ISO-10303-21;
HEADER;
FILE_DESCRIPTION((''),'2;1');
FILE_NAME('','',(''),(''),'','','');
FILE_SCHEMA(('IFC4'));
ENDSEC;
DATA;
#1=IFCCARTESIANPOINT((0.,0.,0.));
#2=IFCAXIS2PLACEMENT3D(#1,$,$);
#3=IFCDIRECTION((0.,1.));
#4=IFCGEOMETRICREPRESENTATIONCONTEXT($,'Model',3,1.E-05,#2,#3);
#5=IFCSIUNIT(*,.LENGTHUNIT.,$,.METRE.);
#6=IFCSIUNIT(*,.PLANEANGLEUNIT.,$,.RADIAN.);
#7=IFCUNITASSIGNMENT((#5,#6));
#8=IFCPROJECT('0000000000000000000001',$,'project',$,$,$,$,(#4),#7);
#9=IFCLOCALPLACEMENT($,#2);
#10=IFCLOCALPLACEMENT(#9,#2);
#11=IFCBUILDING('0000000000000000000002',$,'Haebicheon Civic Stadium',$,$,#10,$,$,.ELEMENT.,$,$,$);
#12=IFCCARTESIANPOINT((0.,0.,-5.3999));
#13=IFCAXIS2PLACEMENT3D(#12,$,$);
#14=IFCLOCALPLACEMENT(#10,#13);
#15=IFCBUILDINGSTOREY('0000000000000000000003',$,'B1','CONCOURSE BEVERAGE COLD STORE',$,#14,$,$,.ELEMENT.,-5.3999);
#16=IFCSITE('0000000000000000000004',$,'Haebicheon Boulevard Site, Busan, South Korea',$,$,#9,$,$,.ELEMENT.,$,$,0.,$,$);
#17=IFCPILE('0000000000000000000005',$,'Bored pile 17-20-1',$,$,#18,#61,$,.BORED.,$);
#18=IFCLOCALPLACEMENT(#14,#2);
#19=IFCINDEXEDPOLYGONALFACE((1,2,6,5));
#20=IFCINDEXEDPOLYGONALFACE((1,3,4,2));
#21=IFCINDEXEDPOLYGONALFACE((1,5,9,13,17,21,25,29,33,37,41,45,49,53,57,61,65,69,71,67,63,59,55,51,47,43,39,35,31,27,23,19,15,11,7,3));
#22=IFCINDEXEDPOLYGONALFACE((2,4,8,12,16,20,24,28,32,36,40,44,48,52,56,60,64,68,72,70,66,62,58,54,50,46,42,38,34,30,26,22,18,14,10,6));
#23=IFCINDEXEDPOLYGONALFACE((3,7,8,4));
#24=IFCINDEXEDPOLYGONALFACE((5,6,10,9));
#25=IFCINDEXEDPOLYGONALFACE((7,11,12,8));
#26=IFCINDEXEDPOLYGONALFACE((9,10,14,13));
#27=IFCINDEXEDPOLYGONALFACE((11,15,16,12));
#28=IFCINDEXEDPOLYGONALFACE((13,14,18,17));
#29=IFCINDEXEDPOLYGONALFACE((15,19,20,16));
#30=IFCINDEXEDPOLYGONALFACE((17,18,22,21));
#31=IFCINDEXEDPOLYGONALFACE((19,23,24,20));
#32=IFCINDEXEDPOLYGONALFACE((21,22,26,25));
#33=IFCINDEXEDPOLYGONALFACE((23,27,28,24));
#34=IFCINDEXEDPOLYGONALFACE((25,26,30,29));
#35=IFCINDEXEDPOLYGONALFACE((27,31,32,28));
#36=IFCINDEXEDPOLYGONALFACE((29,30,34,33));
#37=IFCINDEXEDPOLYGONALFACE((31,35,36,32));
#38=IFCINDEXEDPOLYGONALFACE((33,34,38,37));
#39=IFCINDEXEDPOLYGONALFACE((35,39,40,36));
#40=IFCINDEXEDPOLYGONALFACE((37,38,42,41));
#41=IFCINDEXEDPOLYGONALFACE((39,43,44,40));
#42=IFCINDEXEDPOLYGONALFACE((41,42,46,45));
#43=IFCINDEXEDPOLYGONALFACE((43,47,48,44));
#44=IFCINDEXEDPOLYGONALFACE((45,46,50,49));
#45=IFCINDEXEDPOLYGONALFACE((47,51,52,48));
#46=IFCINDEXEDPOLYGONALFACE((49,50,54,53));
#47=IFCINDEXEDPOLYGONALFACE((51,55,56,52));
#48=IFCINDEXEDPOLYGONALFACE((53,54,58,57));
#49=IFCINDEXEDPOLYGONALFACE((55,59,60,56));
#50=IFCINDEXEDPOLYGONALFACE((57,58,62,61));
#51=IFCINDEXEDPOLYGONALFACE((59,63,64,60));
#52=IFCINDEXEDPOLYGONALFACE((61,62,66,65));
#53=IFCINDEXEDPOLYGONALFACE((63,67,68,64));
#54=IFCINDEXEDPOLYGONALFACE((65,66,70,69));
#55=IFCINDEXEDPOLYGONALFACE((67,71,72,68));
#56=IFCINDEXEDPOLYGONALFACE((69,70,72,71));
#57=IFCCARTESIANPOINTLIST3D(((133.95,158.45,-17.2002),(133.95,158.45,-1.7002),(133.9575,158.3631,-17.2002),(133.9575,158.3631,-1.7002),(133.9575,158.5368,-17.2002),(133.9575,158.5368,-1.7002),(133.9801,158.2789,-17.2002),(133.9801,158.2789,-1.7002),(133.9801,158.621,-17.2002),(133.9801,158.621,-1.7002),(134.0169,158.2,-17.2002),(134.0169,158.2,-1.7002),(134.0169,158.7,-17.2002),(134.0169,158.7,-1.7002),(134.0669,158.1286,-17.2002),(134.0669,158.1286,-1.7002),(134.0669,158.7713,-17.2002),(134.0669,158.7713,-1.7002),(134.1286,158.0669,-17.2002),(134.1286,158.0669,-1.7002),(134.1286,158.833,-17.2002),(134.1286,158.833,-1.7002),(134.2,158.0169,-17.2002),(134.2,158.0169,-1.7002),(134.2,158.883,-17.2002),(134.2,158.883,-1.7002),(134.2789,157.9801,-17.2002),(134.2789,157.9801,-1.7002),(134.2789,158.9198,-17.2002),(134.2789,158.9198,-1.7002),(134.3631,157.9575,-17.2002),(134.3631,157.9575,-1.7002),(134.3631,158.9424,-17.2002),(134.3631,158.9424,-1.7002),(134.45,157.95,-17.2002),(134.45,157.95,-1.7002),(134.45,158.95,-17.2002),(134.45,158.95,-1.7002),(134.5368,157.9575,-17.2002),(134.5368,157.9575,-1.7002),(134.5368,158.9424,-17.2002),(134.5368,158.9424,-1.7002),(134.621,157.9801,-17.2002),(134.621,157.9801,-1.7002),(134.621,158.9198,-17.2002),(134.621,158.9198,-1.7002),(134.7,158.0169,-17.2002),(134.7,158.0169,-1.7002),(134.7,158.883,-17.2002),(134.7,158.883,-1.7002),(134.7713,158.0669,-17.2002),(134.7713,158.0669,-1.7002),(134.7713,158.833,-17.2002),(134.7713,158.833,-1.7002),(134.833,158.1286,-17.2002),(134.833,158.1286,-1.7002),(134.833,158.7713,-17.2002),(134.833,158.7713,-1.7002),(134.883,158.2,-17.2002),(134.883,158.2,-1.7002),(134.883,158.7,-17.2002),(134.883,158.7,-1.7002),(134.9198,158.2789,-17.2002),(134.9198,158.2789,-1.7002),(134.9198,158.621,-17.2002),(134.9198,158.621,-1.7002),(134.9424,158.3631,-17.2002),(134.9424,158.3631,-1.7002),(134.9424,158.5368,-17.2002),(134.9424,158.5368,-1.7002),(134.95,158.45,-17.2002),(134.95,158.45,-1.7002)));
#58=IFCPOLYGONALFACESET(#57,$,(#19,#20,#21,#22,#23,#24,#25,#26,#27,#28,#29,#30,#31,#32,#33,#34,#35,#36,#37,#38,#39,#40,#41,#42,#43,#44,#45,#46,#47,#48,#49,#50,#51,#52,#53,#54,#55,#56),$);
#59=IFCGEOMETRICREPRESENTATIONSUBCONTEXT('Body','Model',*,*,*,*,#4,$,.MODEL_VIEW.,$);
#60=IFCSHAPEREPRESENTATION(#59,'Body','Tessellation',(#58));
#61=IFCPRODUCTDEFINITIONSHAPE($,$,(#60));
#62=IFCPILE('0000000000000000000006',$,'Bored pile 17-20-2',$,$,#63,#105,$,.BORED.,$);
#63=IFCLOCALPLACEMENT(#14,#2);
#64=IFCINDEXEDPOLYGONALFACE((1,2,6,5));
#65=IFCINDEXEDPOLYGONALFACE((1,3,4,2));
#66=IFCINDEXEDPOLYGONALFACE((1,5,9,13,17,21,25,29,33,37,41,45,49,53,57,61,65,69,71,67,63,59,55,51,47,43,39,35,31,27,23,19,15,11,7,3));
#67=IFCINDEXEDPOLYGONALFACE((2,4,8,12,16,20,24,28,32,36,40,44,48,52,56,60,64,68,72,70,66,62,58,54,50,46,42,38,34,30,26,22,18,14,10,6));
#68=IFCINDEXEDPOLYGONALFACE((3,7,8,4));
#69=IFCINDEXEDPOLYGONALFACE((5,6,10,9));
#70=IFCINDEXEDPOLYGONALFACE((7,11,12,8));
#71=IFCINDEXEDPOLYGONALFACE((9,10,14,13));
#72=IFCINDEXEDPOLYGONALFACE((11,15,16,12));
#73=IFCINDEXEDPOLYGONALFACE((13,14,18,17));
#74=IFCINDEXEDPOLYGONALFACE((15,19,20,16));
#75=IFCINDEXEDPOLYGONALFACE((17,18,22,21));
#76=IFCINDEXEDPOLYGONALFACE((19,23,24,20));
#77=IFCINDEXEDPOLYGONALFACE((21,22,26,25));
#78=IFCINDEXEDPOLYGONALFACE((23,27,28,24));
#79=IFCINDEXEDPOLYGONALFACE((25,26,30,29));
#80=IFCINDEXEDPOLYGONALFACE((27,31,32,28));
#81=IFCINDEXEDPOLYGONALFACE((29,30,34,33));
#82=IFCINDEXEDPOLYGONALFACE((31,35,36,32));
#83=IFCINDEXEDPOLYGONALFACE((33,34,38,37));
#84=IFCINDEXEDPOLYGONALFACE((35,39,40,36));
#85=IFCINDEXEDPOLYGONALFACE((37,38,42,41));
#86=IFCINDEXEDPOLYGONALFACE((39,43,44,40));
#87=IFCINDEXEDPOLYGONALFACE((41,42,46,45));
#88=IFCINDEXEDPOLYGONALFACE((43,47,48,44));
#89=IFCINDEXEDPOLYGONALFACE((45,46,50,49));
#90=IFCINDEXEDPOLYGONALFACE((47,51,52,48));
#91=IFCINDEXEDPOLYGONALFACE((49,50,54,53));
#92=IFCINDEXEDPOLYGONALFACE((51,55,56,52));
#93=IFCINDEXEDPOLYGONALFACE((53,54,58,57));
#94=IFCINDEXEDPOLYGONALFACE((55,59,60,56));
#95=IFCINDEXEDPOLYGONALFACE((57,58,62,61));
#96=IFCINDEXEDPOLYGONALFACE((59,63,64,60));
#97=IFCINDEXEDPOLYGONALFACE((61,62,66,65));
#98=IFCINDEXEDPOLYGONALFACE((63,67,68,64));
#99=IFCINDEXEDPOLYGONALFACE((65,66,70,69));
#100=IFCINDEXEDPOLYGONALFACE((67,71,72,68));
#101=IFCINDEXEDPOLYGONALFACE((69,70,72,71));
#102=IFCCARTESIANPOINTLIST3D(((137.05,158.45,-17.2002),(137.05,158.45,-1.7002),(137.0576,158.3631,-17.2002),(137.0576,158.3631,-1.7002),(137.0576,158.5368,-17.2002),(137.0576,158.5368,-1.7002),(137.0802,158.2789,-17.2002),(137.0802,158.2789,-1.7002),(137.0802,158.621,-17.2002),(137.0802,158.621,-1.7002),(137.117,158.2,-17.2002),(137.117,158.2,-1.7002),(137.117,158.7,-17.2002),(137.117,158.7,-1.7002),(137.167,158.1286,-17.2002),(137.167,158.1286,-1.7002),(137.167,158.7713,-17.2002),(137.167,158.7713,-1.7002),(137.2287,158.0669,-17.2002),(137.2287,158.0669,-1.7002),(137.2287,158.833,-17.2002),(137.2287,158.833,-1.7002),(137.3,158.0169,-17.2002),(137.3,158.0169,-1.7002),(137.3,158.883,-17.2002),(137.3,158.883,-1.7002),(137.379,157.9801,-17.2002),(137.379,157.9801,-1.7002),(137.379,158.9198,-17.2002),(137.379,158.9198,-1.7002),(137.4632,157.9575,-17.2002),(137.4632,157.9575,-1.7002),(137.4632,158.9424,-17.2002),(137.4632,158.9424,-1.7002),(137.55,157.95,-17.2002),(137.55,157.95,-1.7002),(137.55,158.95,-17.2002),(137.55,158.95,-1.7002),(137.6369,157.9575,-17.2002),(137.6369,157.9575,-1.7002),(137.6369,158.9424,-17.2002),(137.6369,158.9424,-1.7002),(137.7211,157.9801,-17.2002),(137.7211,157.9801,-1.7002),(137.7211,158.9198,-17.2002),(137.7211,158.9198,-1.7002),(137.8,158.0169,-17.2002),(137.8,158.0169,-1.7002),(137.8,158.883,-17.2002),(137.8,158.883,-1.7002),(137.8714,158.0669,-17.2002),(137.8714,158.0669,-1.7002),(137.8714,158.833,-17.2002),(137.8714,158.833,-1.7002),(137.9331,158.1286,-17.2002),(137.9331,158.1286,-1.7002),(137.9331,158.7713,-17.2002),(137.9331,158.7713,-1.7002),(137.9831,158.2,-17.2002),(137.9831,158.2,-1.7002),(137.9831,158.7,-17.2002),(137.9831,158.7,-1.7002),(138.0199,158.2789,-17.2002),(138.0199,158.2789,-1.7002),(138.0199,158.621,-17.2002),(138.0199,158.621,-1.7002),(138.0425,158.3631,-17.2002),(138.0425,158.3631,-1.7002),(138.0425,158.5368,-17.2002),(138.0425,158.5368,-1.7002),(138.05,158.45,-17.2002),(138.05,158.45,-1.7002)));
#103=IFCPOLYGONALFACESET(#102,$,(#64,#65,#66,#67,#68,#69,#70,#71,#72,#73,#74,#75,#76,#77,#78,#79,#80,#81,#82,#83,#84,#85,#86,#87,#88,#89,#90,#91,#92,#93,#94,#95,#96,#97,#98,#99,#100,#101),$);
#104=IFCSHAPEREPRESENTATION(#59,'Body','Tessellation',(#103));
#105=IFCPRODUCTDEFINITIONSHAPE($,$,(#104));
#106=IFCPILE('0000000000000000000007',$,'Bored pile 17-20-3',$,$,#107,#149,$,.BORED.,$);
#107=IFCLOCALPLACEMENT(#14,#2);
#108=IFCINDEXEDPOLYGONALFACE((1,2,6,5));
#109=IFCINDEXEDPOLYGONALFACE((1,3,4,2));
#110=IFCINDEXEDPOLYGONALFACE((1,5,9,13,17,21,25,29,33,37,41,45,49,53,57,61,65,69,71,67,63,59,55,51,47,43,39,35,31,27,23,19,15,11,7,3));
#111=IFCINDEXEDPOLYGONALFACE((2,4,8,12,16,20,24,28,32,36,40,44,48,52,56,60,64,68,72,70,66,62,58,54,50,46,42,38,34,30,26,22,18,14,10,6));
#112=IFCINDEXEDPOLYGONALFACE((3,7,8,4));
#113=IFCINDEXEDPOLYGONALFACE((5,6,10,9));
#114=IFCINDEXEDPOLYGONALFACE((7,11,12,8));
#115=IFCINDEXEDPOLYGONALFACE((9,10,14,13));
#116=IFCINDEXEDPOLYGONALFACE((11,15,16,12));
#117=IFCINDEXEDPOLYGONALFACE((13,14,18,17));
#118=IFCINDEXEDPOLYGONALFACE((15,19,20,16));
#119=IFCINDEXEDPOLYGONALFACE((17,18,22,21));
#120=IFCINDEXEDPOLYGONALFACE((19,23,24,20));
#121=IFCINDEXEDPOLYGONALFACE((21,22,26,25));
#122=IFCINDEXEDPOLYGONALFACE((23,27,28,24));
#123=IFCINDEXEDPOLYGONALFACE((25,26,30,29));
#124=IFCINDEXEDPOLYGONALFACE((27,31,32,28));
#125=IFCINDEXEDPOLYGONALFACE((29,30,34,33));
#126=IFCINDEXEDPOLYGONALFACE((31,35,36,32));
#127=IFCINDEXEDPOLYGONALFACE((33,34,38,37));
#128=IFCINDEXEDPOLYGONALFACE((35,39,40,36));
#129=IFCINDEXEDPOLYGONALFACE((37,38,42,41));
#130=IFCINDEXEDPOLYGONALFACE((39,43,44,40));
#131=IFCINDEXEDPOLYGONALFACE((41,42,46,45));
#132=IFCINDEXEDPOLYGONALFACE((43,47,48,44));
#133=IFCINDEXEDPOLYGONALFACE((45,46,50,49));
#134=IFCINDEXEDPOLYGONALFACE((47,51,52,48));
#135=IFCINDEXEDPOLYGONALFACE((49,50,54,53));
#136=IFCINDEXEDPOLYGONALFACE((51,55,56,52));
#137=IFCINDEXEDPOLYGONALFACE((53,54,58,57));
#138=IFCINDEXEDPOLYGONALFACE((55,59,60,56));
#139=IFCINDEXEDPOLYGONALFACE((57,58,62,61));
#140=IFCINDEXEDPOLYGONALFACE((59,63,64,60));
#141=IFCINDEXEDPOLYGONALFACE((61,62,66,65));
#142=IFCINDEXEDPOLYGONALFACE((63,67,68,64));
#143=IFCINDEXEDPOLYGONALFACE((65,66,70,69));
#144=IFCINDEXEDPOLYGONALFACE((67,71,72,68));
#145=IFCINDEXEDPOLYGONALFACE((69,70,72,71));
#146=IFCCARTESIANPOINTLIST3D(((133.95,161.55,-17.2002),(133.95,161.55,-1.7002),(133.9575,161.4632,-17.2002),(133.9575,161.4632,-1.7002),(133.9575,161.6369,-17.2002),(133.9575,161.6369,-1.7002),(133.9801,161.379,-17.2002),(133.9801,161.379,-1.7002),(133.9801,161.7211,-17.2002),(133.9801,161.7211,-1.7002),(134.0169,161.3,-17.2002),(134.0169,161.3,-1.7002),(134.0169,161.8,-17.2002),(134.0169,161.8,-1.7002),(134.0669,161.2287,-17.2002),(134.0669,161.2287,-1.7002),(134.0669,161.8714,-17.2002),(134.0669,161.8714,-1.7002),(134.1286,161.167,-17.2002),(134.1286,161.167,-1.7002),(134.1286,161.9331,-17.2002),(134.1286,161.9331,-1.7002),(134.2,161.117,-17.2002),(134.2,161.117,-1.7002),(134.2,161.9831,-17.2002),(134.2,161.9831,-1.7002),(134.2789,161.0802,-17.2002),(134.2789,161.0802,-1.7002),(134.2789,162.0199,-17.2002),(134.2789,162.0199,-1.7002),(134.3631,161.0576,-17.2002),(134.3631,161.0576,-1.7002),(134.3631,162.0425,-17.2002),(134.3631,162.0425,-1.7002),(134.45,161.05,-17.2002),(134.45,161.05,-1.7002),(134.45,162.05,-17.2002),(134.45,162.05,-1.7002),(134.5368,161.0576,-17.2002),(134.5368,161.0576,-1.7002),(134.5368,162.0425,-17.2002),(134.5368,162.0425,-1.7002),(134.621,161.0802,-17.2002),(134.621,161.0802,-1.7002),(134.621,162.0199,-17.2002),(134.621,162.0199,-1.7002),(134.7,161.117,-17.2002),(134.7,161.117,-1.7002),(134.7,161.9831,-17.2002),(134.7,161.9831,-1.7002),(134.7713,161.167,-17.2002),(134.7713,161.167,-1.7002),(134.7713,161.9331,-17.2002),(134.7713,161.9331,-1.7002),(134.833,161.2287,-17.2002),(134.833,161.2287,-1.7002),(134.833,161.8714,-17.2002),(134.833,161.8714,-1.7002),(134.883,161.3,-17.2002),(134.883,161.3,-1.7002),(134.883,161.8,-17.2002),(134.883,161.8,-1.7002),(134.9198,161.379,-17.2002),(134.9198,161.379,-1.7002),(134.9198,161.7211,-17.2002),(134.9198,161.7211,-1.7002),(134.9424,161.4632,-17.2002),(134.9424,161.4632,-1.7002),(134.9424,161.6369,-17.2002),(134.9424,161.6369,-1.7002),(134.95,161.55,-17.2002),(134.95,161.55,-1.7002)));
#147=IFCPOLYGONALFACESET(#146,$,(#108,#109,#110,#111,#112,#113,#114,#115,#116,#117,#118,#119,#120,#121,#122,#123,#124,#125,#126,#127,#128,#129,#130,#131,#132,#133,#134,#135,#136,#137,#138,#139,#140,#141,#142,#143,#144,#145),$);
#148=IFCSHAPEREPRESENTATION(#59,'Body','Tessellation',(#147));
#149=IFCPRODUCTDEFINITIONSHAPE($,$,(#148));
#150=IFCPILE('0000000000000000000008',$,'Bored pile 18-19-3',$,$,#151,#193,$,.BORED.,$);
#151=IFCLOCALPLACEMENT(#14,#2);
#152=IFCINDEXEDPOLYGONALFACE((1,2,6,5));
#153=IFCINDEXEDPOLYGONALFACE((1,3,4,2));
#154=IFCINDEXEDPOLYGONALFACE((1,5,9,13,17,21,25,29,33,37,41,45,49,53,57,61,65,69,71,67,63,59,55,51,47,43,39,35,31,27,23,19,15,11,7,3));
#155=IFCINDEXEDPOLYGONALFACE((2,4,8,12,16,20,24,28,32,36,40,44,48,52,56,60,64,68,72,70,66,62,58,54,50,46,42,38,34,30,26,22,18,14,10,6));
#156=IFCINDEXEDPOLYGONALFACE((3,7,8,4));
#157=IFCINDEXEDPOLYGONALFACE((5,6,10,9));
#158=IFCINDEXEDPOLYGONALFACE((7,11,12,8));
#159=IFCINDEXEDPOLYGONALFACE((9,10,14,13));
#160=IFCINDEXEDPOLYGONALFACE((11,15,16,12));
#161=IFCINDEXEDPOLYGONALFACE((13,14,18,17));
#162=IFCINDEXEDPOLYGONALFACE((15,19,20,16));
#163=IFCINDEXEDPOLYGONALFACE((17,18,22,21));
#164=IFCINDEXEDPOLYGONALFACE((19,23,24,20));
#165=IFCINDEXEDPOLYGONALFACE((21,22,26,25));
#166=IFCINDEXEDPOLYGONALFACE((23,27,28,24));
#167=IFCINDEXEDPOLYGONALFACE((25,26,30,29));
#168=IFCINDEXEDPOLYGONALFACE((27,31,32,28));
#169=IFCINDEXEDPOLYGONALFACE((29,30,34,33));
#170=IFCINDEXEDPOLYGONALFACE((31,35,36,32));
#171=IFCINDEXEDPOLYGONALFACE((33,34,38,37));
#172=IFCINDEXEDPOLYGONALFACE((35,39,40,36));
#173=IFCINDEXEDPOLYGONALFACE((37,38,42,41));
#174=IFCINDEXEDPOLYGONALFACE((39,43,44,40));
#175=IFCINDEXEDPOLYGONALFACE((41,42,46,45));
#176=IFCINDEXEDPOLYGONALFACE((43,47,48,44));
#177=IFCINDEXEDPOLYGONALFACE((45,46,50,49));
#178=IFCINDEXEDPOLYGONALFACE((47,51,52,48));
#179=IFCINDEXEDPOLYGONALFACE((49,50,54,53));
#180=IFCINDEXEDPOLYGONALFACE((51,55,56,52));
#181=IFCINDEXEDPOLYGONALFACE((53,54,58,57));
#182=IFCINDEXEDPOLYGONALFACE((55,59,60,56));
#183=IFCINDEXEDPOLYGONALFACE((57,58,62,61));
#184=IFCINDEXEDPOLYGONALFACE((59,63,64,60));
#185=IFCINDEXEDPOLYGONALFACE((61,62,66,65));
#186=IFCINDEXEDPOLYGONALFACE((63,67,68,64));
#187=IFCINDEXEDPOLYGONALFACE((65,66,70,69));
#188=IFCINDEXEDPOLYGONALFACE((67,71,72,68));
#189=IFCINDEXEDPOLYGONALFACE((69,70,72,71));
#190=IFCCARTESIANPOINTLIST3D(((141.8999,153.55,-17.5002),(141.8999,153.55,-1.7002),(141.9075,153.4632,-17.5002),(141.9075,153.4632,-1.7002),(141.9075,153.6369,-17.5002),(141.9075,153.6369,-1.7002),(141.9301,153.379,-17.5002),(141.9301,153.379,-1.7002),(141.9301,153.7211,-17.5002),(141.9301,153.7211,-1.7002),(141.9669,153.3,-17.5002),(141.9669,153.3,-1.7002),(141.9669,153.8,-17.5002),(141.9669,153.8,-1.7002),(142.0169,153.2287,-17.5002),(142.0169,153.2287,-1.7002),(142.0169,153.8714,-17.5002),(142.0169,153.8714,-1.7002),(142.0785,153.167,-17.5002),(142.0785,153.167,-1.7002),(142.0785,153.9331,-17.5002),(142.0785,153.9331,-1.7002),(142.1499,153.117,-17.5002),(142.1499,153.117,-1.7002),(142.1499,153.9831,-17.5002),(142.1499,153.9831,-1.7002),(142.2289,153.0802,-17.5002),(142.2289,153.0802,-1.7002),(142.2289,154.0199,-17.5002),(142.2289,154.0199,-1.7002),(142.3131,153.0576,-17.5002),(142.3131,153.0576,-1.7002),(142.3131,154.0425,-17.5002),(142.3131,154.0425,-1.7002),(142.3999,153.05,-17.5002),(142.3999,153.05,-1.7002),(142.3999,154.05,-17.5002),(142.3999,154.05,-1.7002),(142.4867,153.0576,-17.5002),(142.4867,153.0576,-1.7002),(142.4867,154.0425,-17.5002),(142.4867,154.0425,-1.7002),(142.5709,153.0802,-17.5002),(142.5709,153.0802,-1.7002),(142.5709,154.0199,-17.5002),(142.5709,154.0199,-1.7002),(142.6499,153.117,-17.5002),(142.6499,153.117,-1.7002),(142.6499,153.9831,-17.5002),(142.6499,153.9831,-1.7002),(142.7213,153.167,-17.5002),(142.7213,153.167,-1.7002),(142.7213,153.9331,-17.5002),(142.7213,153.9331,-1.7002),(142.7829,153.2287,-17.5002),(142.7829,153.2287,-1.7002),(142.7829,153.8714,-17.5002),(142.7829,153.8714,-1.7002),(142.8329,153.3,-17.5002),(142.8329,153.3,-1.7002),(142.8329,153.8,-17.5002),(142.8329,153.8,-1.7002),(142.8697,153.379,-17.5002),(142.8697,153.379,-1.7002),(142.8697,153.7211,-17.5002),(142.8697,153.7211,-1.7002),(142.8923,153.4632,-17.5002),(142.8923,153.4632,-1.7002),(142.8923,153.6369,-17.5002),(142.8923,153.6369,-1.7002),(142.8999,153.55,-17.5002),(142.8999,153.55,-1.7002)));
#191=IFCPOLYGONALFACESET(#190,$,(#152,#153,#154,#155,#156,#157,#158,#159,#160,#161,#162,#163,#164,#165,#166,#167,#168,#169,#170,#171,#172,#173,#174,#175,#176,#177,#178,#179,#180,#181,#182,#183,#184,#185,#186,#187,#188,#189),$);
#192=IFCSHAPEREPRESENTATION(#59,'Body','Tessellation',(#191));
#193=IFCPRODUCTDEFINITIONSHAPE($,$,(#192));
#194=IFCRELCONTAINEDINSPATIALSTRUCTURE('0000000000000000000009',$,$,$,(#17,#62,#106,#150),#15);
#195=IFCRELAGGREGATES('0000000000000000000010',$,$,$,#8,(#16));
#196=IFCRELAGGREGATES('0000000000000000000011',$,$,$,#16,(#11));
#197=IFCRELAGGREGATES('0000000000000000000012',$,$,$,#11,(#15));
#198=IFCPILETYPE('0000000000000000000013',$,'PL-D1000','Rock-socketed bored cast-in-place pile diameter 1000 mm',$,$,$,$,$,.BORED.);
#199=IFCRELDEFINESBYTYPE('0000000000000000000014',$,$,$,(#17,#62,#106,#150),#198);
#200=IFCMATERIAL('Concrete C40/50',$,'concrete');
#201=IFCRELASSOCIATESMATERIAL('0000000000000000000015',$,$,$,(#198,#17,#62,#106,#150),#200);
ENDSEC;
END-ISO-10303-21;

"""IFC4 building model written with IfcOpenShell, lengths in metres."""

from ifc_helpers import new_model, si_unit, direction, frame, origin, origin_2d, place, context, subcontext, project, spatial, circle, extrude, material, material_profile, profile_set, type_object, element, save


model = new_model("IFC4")

# Units and contexts
model_context = context("Model", 3, precision=1e-05, world=origin(), true_north=direction((0.0, 1.0)))
body_context = subcontext(model_context, "Body", "Model", "MODEL_VIEW")
ifc_project = project(units=[si_unit("LENGTHUNIT", "METRE"), si_unit("PLANEANGLEUNIT", "RADIAN")], contexts=[model_context])

# Site, building, storey
site_placement = place(None, origin())
site = spatial("IfcSite", under=ifc_project, at=site_placement, Name="Haebicheon Boulevard Site, Busan, South Korea", CompositionType="ELEMENT", RefElevation=0.0)
building_placement = place(site_placement, origin())
building = spatial("IfcBuilding", under=site, at=building_placement, Name="Haebicheon Civic Stadium", CompositionType="ELEMENT")
storey_placement = place(building_placement, frame((0.0, 0.0, -5.3999)))
storey = spatial("IfcBuildingStorey", under=building, at=storey_placement, Name="B1", Description="CONCOURSE BEVERAGE COLD STORE", CompositionType="ELEMENT", Elevation=-5.3999)

# Piles
ifc_material_1 = material(Name="Concrete C40/50", Category="concrete")
ifc_material_profile_1 = material_profile(ifc_material_1, circle(Radius=0.5, at=origin_2d()), Name="PILE-D1000")
ifc_profile_set_1 = profile_set([ifc_material_profile_1], Name="Concrete C40/50")
pile_type = type_object("IfcPileType", Name="PL-D1000", Description="Rock-socketed bored cast-in-place pile diameter 1000 mm", PredefinedType="BORED", material=ifc_profile_set_1)
for number, where, z_axis, x_axis, name in (
    (1, (134.45, 158.45, -1.7002), (0.0, 0.0, -1.0), (1.0, 0.0, 0.0), "Bored pile 17-20-1"),
    (2, (137.55, 158.45, -1.7002), (0.0, 0.0, -1.0), (1.0, 0.0, 0.0), "Bored pile 17-20-2"),
    (3, (134.45, 161.55, -1.7002), (0.0, 0.0, -1.0), (1.0, 0.0, 0.0), "Bored pile 17-20-3"),
):
    element("IfcPile", number, at=place(storey_placement, frame(where, z_axis=z_axis, x_axis=x_axis)), inside=storey, type_object=pile_type, material=ifc_profile_set_1, Name=name, PredefinedType="BORED", context=body_context, shape_type="SweptSolid", body=[
        extrude(circle(Radius=0.5, at=origin_2d()), origin(), (0.0, 0.0, 1.0), 15.5),
    ])
for number, where, z_axis, x_axis, name in (
    (4, (142.3999, 153.55, -1.7002), (0.0, 0.0, -1.0), (1.0, 0.0, 0.0), "Bored pile 18-19-3"),
):
    element("IfcPile", number, at=place(storey_placement, frame(where, z_axis=z_axis, x_axis=x_axis)), inside=storey, type_object=pile_type, material=ifc_profile_set_1, Name=name, PredefinedType="BORED", context=body_context, shape_type="SweptSolid", body=[
        extrude(circle(Radius=0.5, at=origin_2d()), origin(), (0.0, 0.0, 1.0), 15.8),
    ])

save(model, "model.ifc")
